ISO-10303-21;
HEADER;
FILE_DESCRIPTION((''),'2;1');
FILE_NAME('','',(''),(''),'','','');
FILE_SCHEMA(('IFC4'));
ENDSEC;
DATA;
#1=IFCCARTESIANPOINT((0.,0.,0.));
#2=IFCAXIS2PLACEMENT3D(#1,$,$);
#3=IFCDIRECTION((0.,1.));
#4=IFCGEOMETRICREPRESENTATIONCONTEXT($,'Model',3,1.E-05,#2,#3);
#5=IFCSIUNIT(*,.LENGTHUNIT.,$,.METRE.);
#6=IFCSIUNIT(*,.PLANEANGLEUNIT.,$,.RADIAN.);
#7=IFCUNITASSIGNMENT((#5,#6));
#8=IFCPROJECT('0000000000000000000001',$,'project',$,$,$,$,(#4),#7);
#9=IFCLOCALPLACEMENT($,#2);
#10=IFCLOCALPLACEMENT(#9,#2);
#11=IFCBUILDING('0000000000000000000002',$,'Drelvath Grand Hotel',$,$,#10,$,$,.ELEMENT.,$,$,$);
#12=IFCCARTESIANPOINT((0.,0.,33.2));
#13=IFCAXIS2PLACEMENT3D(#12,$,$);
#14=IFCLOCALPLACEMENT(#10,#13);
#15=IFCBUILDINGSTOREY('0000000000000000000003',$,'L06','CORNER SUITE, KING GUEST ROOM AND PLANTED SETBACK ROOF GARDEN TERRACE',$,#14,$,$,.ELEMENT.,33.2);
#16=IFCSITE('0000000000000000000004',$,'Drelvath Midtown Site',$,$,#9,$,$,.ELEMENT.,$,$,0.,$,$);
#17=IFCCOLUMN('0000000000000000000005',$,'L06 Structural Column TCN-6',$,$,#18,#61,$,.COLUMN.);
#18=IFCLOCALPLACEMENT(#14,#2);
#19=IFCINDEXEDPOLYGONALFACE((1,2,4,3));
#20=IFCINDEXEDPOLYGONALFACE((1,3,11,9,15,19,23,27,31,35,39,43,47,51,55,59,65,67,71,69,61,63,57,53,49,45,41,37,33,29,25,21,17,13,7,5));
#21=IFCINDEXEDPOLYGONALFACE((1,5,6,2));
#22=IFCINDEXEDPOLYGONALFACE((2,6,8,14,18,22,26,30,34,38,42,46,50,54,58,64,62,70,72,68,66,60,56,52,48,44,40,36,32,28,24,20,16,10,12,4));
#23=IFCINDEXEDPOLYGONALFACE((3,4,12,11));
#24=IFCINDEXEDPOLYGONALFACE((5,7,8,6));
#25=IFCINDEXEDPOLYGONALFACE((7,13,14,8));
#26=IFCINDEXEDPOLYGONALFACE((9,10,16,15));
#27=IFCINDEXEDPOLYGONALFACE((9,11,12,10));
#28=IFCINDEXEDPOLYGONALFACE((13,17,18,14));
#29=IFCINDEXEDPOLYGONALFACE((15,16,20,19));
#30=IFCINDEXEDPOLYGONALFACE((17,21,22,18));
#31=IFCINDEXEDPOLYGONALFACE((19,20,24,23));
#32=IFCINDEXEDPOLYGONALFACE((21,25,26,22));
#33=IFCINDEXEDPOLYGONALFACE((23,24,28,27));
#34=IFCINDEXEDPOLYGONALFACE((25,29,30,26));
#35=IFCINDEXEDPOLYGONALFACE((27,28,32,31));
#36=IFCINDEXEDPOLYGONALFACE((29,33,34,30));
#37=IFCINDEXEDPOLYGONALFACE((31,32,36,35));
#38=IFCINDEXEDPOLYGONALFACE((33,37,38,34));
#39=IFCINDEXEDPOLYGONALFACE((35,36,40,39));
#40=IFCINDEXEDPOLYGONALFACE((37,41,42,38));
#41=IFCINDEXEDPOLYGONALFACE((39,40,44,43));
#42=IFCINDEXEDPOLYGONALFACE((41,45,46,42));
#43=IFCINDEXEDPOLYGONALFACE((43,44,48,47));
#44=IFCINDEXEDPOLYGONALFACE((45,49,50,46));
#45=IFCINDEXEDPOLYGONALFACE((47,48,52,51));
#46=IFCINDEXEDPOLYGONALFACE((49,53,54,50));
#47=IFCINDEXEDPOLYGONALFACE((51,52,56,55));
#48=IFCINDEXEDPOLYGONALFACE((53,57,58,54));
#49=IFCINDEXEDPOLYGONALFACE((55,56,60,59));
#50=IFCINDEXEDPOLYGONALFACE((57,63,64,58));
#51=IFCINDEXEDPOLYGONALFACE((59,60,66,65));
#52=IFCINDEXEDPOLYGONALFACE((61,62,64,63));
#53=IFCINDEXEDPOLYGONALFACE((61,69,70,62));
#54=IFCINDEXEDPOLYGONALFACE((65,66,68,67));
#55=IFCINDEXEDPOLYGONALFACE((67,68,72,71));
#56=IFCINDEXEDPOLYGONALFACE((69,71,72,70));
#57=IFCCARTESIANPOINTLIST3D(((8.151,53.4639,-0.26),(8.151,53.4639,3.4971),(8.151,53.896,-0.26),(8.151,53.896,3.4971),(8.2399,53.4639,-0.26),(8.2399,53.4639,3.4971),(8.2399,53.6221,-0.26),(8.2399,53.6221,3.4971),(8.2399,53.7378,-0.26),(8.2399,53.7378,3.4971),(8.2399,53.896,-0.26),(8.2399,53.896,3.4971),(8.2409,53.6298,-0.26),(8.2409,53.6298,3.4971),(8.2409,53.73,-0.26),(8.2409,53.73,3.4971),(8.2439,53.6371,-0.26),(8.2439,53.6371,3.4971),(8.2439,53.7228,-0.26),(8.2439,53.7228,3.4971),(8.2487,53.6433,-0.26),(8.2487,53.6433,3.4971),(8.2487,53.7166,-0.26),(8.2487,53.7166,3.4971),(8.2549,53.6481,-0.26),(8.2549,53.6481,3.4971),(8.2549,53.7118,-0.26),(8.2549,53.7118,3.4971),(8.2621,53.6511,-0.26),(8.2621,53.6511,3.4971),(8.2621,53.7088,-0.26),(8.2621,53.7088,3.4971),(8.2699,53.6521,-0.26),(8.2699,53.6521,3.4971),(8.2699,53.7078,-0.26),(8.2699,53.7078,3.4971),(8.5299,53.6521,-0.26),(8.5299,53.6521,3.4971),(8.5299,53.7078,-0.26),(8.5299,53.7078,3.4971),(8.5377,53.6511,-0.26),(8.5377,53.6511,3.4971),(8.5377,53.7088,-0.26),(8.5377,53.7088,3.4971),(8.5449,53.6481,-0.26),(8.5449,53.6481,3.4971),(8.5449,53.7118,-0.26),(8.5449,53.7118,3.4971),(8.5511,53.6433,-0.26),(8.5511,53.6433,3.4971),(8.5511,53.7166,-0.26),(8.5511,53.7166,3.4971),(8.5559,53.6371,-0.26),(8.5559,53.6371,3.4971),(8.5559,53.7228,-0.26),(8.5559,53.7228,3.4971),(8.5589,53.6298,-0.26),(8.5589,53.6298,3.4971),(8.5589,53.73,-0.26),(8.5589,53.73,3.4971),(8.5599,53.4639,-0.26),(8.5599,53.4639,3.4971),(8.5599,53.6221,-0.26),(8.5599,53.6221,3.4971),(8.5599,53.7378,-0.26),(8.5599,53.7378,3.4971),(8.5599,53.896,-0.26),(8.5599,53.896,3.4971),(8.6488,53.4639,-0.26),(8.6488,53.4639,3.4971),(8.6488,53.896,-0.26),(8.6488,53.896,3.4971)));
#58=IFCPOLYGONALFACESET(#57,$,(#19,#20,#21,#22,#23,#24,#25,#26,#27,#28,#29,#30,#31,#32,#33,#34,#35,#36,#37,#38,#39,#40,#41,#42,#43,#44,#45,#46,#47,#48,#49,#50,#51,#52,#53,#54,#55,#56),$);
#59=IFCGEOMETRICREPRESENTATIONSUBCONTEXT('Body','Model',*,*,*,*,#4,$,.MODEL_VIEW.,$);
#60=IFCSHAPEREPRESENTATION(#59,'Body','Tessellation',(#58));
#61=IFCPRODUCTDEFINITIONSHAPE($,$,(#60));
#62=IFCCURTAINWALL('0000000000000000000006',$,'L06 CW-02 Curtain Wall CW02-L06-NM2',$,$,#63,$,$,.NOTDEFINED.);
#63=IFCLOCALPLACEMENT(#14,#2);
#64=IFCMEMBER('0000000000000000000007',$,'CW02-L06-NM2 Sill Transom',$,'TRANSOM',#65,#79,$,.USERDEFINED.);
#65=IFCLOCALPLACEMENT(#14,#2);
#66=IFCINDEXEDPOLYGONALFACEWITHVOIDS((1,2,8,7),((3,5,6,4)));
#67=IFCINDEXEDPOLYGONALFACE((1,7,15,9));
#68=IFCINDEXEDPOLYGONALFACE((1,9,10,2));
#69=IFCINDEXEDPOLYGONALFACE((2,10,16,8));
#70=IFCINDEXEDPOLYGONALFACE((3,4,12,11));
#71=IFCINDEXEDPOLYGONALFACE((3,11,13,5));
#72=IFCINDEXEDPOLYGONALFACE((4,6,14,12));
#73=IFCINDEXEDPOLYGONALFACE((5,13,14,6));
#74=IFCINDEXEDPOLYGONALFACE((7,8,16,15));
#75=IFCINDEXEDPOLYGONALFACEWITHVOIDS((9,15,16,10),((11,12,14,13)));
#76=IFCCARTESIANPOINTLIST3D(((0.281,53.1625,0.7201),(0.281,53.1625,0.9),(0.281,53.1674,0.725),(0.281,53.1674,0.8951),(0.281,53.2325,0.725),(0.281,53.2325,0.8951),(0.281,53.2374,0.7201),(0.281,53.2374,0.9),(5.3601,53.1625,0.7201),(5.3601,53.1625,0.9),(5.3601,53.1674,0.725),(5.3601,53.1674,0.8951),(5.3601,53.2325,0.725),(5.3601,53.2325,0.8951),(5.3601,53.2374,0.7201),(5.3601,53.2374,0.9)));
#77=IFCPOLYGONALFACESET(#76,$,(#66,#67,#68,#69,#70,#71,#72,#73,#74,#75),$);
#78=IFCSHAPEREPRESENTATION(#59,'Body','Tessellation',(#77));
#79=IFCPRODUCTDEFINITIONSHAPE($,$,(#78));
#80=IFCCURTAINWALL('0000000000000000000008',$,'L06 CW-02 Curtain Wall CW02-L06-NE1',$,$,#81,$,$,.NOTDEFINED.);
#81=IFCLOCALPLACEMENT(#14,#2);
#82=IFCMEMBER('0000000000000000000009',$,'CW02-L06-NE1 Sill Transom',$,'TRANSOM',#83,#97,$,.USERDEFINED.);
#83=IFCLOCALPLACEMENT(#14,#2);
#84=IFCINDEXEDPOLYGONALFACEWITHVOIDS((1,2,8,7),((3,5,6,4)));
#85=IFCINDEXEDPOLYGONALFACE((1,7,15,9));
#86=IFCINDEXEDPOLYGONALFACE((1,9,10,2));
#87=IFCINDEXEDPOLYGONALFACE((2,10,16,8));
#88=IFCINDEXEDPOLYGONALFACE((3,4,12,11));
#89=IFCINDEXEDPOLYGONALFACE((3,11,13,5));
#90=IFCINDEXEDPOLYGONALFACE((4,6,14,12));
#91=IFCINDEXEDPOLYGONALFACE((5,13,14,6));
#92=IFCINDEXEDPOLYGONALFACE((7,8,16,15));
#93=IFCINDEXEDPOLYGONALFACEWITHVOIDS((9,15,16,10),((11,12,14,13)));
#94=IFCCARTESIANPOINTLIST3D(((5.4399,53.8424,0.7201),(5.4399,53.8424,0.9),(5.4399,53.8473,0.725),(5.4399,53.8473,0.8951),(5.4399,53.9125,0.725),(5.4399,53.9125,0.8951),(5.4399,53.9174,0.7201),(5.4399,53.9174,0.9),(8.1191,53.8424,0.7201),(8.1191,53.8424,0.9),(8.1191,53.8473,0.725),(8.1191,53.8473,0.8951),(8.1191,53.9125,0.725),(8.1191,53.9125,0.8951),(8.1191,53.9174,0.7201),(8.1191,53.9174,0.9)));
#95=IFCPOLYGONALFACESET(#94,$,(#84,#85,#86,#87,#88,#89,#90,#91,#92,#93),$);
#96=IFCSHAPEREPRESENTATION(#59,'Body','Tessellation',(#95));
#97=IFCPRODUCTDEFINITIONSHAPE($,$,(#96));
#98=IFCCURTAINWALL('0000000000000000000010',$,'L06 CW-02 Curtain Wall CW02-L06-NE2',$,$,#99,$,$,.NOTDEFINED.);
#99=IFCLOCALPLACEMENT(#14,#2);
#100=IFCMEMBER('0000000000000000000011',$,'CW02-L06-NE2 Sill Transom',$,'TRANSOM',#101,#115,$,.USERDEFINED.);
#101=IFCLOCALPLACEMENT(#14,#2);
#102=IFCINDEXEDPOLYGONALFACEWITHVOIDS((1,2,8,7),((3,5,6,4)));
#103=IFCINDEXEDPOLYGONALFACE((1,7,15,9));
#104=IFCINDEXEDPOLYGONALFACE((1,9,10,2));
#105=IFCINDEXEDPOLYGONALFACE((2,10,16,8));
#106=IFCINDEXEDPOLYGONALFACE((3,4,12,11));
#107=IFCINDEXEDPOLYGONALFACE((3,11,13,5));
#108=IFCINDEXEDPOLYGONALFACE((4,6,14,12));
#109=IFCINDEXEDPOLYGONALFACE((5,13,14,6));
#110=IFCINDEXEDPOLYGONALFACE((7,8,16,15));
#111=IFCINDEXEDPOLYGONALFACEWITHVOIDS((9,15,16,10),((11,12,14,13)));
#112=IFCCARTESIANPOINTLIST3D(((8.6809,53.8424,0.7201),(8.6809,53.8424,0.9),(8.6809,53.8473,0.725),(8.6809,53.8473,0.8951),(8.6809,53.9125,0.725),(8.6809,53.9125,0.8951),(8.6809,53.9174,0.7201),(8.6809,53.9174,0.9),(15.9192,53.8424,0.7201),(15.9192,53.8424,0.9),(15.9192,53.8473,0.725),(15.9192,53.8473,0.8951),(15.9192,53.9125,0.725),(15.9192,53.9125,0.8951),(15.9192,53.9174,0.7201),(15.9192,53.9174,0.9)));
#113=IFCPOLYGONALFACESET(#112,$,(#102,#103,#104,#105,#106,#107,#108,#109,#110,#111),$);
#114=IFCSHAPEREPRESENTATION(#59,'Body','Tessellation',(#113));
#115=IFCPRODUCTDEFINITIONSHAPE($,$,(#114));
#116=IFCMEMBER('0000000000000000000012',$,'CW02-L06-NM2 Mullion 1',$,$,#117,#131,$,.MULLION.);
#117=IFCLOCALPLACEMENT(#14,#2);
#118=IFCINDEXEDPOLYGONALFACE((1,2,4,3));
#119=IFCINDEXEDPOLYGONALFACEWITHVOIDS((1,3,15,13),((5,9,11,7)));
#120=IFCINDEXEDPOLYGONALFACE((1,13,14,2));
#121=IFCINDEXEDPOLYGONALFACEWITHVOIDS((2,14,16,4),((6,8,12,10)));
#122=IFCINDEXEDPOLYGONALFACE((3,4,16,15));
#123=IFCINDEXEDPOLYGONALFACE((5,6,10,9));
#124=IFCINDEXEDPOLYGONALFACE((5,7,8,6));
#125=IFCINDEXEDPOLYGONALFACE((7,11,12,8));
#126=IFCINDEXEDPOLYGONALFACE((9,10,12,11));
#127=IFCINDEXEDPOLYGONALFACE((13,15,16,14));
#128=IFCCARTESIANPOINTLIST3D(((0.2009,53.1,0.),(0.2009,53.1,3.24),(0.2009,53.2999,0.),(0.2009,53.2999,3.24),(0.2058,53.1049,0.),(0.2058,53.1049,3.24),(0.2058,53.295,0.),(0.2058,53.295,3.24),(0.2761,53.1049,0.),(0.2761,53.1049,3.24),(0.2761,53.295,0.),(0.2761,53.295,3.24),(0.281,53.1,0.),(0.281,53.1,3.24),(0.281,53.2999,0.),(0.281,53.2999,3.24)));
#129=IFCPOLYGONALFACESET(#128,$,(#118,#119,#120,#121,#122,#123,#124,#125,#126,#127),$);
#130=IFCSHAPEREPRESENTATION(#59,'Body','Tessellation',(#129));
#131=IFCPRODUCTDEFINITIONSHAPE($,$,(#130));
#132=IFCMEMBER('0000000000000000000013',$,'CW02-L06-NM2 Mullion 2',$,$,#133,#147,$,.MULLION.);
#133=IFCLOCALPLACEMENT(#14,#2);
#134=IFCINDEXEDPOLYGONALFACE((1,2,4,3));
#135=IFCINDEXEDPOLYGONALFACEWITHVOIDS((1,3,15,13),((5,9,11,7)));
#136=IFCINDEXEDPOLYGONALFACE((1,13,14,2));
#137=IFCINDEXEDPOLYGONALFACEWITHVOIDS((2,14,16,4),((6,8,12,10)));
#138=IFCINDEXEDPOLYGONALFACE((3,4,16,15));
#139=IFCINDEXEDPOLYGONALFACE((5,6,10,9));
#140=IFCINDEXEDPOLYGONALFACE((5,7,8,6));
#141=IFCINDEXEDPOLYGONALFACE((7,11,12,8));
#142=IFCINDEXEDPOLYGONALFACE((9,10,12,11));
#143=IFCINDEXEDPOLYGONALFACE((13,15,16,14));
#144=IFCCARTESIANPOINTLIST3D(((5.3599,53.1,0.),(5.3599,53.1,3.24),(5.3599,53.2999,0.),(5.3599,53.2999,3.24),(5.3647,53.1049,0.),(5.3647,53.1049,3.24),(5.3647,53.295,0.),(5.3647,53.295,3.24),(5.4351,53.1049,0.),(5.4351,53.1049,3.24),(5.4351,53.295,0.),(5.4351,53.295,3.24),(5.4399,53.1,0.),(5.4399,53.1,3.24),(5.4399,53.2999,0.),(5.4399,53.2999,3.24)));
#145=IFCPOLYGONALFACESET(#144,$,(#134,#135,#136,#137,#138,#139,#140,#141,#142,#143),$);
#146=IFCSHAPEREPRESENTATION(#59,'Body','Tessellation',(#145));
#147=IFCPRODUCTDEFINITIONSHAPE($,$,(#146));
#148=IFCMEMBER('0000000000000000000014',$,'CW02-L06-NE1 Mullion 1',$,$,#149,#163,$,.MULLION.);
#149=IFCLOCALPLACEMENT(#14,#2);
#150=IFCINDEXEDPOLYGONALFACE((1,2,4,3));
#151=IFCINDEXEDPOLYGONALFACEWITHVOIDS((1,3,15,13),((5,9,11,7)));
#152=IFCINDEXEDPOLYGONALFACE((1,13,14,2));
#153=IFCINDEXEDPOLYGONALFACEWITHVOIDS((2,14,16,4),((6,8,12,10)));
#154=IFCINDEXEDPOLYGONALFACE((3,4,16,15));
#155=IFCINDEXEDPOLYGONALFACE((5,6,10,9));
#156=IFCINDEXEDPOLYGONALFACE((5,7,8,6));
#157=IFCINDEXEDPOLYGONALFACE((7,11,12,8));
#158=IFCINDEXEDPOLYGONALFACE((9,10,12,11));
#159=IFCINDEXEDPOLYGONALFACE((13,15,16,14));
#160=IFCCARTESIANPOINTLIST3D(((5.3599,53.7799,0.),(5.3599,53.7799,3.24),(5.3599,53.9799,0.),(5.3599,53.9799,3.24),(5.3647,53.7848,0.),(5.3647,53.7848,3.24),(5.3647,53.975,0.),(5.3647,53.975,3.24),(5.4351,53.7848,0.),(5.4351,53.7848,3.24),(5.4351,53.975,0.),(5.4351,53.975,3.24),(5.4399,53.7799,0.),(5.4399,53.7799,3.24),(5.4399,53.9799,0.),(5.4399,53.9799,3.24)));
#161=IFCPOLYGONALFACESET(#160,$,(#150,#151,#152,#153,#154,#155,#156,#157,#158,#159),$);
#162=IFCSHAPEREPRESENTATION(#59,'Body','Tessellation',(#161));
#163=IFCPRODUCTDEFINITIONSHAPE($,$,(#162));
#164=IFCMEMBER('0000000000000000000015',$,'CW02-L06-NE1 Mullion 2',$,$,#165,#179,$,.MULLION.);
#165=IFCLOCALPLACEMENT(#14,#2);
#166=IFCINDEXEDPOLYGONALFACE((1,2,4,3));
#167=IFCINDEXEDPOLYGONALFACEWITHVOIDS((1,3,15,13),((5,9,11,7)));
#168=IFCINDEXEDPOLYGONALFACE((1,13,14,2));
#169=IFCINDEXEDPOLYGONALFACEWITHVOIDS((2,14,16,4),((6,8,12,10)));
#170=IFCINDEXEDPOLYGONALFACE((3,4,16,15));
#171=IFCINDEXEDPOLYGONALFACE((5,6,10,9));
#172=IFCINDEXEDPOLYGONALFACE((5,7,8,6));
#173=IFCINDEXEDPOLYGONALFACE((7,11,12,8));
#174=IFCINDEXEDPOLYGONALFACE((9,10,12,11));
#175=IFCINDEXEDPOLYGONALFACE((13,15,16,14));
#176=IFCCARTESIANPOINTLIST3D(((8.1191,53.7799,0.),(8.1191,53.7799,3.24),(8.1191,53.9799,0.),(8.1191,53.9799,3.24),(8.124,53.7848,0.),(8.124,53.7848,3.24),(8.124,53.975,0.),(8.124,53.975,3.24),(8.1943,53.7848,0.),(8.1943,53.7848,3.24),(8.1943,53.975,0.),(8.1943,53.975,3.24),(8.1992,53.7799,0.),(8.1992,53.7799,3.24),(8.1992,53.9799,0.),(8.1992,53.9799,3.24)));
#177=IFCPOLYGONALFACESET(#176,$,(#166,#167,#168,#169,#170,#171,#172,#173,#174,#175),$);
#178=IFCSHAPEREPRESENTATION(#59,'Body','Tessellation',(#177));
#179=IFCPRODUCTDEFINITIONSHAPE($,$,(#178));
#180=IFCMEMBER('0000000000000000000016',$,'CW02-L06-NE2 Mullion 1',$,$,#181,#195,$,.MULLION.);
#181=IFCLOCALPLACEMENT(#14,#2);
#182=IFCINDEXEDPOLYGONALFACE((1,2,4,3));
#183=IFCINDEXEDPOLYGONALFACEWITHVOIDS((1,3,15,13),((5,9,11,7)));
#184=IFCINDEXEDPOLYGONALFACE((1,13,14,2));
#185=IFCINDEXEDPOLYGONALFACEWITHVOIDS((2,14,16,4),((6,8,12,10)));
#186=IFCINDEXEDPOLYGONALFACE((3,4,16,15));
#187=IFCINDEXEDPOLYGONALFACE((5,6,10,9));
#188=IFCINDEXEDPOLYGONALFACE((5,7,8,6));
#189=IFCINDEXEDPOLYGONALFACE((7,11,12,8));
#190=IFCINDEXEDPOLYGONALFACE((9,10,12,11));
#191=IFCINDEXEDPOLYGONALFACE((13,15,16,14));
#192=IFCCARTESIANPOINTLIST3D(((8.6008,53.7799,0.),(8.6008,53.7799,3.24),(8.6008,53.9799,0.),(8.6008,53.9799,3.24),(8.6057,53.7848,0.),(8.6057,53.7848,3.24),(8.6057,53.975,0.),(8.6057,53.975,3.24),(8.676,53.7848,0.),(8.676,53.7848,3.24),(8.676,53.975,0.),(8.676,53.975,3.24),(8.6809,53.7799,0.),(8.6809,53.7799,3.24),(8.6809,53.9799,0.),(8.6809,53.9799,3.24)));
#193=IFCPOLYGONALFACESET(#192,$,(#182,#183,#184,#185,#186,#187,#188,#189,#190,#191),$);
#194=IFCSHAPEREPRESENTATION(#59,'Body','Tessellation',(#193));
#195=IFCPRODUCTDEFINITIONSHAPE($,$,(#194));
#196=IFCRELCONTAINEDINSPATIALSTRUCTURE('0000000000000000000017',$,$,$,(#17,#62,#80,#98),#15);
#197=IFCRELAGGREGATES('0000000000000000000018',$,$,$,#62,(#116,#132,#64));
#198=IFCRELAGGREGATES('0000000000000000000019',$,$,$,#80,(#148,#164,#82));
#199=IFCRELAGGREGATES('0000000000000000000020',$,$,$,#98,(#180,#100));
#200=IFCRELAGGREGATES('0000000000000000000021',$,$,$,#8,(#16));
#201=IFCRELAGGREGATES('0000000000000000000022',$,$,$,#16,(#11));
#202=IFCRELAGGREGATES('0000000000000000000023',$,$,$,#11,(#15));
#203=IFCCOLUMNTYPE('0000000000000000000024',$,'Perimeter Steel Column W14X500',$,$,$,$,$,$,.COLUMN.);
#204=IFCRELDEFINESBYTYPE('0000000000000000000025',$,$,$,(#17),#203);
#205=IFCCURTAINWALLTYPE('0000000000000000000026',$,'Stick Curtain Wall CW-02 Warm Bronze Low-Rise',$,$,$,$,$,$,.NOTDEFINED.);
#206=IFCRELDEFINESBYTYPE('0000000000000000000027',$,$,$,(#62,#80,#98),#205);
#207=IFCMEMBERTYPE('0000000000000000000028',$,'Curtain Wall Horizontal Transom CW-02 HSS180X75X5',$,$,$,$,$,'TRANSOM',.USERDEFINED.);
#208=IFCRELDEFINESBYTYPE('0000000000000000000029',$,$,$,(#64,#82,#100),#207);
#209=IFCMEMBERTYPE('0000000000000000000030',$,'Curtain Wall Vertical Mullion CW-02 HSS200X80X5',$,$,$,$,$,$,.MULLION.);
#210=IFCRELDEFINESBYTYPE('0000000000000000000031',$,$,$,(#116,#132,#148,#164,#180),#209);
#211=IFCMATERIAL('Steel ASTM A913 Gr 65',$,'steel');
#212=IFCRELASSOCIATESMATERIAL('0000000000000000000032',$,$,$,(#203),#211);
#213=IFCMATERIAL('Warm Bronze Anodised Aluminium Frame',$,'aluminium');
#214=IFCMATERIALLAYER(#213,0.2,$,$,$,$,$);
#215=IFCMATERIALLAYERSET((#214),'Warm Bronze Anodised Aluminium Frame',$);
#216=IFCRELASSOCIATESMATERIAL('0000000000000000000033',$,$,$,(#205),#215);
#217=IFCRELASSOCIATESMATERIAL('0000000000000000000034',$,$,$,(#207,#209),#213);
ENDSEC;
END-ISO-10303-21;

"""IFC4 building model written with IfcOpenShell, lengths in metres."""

from ifc_helpers import new_model, si_unit, direction, frame, origin, origin_2d, place, context, subcontext, project, spatial, hollow_rectangle, i_section, extrude, material, layer, layer_set, material_profile, profile_set, type_object, element, aggregate, save


model = new_model("IFC4")

# Units and contexts
model_context = context("Model", 3, precision=1e-05, world=origin(), true_north=direction((0.0, 1.0)))
body_context = subcontext(model_context, "Body", "Model", "MODEL_VIEW")
ifc_project = project(units=[si_unit("LENGTHUNIT", "METRE"), si_unit("PLANEANGLEUNIT", "RADIAN")], contexts=[model_context])

# Site, building, storey
site_placement = place(None, origin())
site = spatial("IfcSite", under=ifc_project, at=site_placement, Name="Drelvath Midtown Site", CompositionType="ELEMENT", RefElevation=0.0)
building_placement = place(site_placement, origin())
building = spatial("IfcBuilding", under=site, at=building_placement, Name="Drelvath Grand Hotel", CompositionType="ELEMENT")
storey_placement = place(building_placement, frame((0.0, 0.0, 33.2)))
storey = spatial("IfcBuildingStorey", under=building, at=storey_placement, Name="L06", Description="CORNER SUITE, KING GUEST ROOM AND PLANTED SETBACK ROOF GARDEN TERRACE", CompositionType="ELEMENT", Elevation=33.2)

# Column
ifc_material_1 = material(Name="Steel ASTM A913 Gr 65", Category="steel")
ifc_material_profile_1 = material_profile(ifc_material_1, i_section(OverallWidth=0.4321, OverallDepth=0.4978, WebThickness=0.0557, FlangeThickness=0.0889, FilletRadius=0.03, at=origin_2d()), Name="W14X500")
ifc_profile_set_1 = profile_set([ifc_material_profile_1], Name="Steel ASTM A913 Gr 65")
column_type = type_object("IfcColumnType", Name="Perimeter Steel Column W14X500", PredefinedType="COLUMN", material=ifc_profile_set_1)
column_placement = place(storey_placement, frame((8.3999, 53.6799, -0.26), z_axis=(0.0, 0.0, 1.0), x_axis=(0.0, 1.0, 0.0)))
element("IfcColumn", 1, at=column_placement, inside=storey, type_object=column_type, Name="L06 Structural Column TCN-6", PredefinedType="COLUMN", context=body_context, shape_type="SweptSolid", body=[
    extrude(i_section(OverallWidth=0.4321, OverallDepth=0.4978, WebThickness=0.0557, FlangeThickness=0.0889, FilletRadius=0.03, at=origin_2d()), origin(), (0.0, 0.0, 1.0), 3.7571),
])

# Curtain walls, members
ifc_material_2 = material(Name="Warm Bronze Anodised Aluminium Frame", Category="aluminium")
ifc_layer_1 = layer(ifc_material_2, 0.2)
ifc_layer_set_1 = layer_set([ifc_layer_1], Name="Warm Bronze Anodised Aluminium Frame")
curtain_wall_type = type_object("IfcCurtainWallType", Name="Stick Curtain Wall CW-02 Warm Bronze Low-Rise", PredefinedType="NOTDEFINED", material=ifc_layer_set_1)
curtain_wall_1_placement = place(storey_placement, origin())
curtain_wall_1 = element("IfcCurtainWall", 2, at=curtain_wall_1_placement, inside=storey, type_object=curtain_wall_type, Name="L06 CW-02 Curtain Wall CW02-L06-NM2", PredefinedType="NOTDEFINED")
ifc_material_profile_2 = material_profile(ifc_material_2, hollow_rectangle(XDim=0.075, YDim=0.1799, WallThickness=0.0049, at=origin_2d()), Name="HSS180X75X5")
ifc_profile_set_2 = profile_set([ifc_material_profile_2], Name="Warm Bronze Anodised Aluminium Frame")
member_type_1 = type_object("IfcMemberType", Name="Curtain Wall Horizontal Transom CW-02 HSS180X75X5", ElementType="TRANSOM", PredefinedType="USERDEFINED", material=ifc_profile_set_2)
member_1_placement = place(storey_placement, frame((0.281, 53.2, 0.8101), z_axis=(1.0, 0.0, 0.0), x_axis=(0.0, 1.0, 0.0)))
member_1 = element("IfcMember", 3, at=member_1_placement, type_object=member_type_1, Name="CW02-L06-NM2 Sill Transom", ObjectType="TRANSOM", PredefinedType="USERDEFINED", context=body_context, shape_type="SweptSolid", body=[
    extrude(hollow_rectangle(XDim=0.075, YDim=0.1799, WallThickness=0.0049, at=origin_2d()), origin(), (0.0, 0.0, 1.0), 5.0791),
])
curtain_wall_2_placement = place(storey_placement, origin())
curtain_wall_2 = element("IfcCurtainWall", 4, at=curtain_wall_2_placement, inside=storey, type_object=curtain_wall_type, Name="L06 CW-02 Curtain Wall CW02-L06-NE1", PredefinedType="NOTDEFINED")
member_2_placement = place(storey_placement, frame((5.4399, 53.8799, 0.8101), z_axis=(1.0, 0.0, 0.0), x_axis=(0.0, 1.0, 0.0)))
member_2 = element("IfcMember", 5, at=member_2_placement, type_object=member_type_1, Name="CW02-L06-NE1 Sill Transom", ObjectType="TRANSOM", PredefinedType="USERDEFINED", context=body_context, shape_type="SweptSolid", body=[
    extrude(hollow_rectangle(XDim=0.075, YDim=0.1799, WallThickness=0.0049, at=origin_2d()), origin(), (0.0, 0.0, 1.0), 2.6792),
])
curtain_wall_3_placement = place(storey_placement, origin())
curtain_wall_3 = element("IfcCurtainWall", 6, at=curtain_wall_3_placement, inside=storey, type_object=curtain_wall_type, Name="L06 CW-02 Curtain Wall CW02-L06-NE2", PredefinedType="NOTDEFINED")
member_3_placement = place(storey_placement, frame((8.6809, 53.8799, 0.8101), z_axis=(1.0, 0.0, 0.0), x_axis=(0.0, 1.0, 0.0)))
member_3 = element("IfcMember", 7, at=member_3_placement, type_object=member_type_1, Name="CW02-L06-NE2 Sill Transom", ObjectType="TRANSOM", PredefinedType="USERDEFINED", context=body_context, shape_type="SweptSolid", body=[
    extrude(hollow_rectangle(XDim=0.075, YDim=0.1799, WallThickness=0.0049, at=origin_2d()), origin(), (0.0, 0.0, 1.0), 7.2383),
])

# Members
ifc_material_profile_3 = material_profile(ifc_material_2, hollow_rectangle(XDim=0.0801, YDim=0.2, WallThickness=0.0049, at=origin_2d()), Name="HSS200X80X5")
ifc_profile_set_3 = profile_set([ifc_material_profile_3], Name="Warm Bronze Anodised Aluminium Frame")
member_type_2 = type_object("IfcMemberType", Name="Curtain Wall Vertical Mullion CW-02 HSS200X80X5", PredefinedType="MULLION", material=ifc_profile_set_3)
member_4_placement = place(storey_placement, frame((0.241, 53.2, 0.0), z_axis=(0.0, 0.0, 1.0), x_axis=(1.0, 0.0, 0.0)))
member_4 = element("IfcMember", 8, at=member_4_placement, type_object=member_type_2, Name="CW02-L06-NM2 Mullion 1", PredefinedType="MULLION", context=body_context, shape_type="SweptSolid", body=[
    extrude(hollow_rectangle(XDim=0.0801, YDim=0.2, WallThickness=0.0049, at=origin_2d()), origin(), (0.0, 0.0, 1.0), 3.24),
])
member_5_placement = place(storey_placement, frame((5.3999, 53.2, 0.0), z_axis=(0.0, 0.0, 1.0), x_axis=(1.0, 0.0, 0.0)))
member_5 = element("IfcMember", 9, at=member_5_placement, type_object=member_type_2, Name="CW02-L06-NM2 Mullion 2", PredefinedType="MULLION", context=body_context, shape_type="SweptSolid", body=[
    extrude(hollow_rectangle(XDim=0.0801, YDim=0.2, WallThickness=0.0049, at=origin_2d()), origin(), (0.0, 0.0, 1.0), 3.24),
])
member_6_placement = place(storey_placement, frame((5.3999, 53.8799, 0.0), z_axis=(0.0, 0.0, 1.0), x_axis=(1.0, 0.0, 0.0)))
member_6 = element("IfcMember", 10, at=member_6_placement, type_object=member_type_2, Name="CW02-L06-NE1 Mullion 1", PredefinedType="MULLION", context=body_context, shape_type="SweptSolid", body=[
    extrude(hollow_rectangle(XDim=0.0801, YDim=0.2, WallThickness=0.0049, at=origin_2d()), origin(), (0.0, 0.0, 1.0), 3.24),
])
member_7_placement = place(storey_placement, frame((8.1592, 53.8799, 0.0), z_axis=(0.0, 0.0, 1.0), x_axis=(1.0, 0.0, 0.0)))
member_7 = element("IfcMember", 11, at=member_7_placement, type_object=member_type_2, Name="CW02-L06-NE1 Mullion 2", PredefinedType="MULLION", context=body_context, shape_type="SweptSolid", body=[
    extrude(hollow_rectangle(XDim=0.0801, YDim=0.2, WallThickness=0.0049, at=origin_2d()), origin(), (0.0, 0.0, 1.0), 3.24),
])
member_8_placement = place(storey_placement, frame((8.6409, 53.8799, 0.0), z_axis=(0.0, 0.0, 1.0), x_axis=(1.0, 0.0, 0.0)))
member_8 = element("IfcMember", 12, at=member_8_placement, type_object=member_type_2, Name="CW02-L06-NE2 Mullion 1", PredefinedType="MULLION", context=body_context, shape_type="SweptSolid", body=[
    extrude(hollow_rectangle(XDim=0.0801, YDim=0.2, WallThickness=0.0049, at=origin_2d()), origin(), (0.0, 0.0, 1.0), 3.24),
])

aggregate(curtain_wall_1, [member_4, member_5, member_1])
aggregate(curtain_wall_2, [member_6, member_7, member_2])
aggregate(curtain_wall_3, [member_8, member_3])

save(model, "model.ifc")
